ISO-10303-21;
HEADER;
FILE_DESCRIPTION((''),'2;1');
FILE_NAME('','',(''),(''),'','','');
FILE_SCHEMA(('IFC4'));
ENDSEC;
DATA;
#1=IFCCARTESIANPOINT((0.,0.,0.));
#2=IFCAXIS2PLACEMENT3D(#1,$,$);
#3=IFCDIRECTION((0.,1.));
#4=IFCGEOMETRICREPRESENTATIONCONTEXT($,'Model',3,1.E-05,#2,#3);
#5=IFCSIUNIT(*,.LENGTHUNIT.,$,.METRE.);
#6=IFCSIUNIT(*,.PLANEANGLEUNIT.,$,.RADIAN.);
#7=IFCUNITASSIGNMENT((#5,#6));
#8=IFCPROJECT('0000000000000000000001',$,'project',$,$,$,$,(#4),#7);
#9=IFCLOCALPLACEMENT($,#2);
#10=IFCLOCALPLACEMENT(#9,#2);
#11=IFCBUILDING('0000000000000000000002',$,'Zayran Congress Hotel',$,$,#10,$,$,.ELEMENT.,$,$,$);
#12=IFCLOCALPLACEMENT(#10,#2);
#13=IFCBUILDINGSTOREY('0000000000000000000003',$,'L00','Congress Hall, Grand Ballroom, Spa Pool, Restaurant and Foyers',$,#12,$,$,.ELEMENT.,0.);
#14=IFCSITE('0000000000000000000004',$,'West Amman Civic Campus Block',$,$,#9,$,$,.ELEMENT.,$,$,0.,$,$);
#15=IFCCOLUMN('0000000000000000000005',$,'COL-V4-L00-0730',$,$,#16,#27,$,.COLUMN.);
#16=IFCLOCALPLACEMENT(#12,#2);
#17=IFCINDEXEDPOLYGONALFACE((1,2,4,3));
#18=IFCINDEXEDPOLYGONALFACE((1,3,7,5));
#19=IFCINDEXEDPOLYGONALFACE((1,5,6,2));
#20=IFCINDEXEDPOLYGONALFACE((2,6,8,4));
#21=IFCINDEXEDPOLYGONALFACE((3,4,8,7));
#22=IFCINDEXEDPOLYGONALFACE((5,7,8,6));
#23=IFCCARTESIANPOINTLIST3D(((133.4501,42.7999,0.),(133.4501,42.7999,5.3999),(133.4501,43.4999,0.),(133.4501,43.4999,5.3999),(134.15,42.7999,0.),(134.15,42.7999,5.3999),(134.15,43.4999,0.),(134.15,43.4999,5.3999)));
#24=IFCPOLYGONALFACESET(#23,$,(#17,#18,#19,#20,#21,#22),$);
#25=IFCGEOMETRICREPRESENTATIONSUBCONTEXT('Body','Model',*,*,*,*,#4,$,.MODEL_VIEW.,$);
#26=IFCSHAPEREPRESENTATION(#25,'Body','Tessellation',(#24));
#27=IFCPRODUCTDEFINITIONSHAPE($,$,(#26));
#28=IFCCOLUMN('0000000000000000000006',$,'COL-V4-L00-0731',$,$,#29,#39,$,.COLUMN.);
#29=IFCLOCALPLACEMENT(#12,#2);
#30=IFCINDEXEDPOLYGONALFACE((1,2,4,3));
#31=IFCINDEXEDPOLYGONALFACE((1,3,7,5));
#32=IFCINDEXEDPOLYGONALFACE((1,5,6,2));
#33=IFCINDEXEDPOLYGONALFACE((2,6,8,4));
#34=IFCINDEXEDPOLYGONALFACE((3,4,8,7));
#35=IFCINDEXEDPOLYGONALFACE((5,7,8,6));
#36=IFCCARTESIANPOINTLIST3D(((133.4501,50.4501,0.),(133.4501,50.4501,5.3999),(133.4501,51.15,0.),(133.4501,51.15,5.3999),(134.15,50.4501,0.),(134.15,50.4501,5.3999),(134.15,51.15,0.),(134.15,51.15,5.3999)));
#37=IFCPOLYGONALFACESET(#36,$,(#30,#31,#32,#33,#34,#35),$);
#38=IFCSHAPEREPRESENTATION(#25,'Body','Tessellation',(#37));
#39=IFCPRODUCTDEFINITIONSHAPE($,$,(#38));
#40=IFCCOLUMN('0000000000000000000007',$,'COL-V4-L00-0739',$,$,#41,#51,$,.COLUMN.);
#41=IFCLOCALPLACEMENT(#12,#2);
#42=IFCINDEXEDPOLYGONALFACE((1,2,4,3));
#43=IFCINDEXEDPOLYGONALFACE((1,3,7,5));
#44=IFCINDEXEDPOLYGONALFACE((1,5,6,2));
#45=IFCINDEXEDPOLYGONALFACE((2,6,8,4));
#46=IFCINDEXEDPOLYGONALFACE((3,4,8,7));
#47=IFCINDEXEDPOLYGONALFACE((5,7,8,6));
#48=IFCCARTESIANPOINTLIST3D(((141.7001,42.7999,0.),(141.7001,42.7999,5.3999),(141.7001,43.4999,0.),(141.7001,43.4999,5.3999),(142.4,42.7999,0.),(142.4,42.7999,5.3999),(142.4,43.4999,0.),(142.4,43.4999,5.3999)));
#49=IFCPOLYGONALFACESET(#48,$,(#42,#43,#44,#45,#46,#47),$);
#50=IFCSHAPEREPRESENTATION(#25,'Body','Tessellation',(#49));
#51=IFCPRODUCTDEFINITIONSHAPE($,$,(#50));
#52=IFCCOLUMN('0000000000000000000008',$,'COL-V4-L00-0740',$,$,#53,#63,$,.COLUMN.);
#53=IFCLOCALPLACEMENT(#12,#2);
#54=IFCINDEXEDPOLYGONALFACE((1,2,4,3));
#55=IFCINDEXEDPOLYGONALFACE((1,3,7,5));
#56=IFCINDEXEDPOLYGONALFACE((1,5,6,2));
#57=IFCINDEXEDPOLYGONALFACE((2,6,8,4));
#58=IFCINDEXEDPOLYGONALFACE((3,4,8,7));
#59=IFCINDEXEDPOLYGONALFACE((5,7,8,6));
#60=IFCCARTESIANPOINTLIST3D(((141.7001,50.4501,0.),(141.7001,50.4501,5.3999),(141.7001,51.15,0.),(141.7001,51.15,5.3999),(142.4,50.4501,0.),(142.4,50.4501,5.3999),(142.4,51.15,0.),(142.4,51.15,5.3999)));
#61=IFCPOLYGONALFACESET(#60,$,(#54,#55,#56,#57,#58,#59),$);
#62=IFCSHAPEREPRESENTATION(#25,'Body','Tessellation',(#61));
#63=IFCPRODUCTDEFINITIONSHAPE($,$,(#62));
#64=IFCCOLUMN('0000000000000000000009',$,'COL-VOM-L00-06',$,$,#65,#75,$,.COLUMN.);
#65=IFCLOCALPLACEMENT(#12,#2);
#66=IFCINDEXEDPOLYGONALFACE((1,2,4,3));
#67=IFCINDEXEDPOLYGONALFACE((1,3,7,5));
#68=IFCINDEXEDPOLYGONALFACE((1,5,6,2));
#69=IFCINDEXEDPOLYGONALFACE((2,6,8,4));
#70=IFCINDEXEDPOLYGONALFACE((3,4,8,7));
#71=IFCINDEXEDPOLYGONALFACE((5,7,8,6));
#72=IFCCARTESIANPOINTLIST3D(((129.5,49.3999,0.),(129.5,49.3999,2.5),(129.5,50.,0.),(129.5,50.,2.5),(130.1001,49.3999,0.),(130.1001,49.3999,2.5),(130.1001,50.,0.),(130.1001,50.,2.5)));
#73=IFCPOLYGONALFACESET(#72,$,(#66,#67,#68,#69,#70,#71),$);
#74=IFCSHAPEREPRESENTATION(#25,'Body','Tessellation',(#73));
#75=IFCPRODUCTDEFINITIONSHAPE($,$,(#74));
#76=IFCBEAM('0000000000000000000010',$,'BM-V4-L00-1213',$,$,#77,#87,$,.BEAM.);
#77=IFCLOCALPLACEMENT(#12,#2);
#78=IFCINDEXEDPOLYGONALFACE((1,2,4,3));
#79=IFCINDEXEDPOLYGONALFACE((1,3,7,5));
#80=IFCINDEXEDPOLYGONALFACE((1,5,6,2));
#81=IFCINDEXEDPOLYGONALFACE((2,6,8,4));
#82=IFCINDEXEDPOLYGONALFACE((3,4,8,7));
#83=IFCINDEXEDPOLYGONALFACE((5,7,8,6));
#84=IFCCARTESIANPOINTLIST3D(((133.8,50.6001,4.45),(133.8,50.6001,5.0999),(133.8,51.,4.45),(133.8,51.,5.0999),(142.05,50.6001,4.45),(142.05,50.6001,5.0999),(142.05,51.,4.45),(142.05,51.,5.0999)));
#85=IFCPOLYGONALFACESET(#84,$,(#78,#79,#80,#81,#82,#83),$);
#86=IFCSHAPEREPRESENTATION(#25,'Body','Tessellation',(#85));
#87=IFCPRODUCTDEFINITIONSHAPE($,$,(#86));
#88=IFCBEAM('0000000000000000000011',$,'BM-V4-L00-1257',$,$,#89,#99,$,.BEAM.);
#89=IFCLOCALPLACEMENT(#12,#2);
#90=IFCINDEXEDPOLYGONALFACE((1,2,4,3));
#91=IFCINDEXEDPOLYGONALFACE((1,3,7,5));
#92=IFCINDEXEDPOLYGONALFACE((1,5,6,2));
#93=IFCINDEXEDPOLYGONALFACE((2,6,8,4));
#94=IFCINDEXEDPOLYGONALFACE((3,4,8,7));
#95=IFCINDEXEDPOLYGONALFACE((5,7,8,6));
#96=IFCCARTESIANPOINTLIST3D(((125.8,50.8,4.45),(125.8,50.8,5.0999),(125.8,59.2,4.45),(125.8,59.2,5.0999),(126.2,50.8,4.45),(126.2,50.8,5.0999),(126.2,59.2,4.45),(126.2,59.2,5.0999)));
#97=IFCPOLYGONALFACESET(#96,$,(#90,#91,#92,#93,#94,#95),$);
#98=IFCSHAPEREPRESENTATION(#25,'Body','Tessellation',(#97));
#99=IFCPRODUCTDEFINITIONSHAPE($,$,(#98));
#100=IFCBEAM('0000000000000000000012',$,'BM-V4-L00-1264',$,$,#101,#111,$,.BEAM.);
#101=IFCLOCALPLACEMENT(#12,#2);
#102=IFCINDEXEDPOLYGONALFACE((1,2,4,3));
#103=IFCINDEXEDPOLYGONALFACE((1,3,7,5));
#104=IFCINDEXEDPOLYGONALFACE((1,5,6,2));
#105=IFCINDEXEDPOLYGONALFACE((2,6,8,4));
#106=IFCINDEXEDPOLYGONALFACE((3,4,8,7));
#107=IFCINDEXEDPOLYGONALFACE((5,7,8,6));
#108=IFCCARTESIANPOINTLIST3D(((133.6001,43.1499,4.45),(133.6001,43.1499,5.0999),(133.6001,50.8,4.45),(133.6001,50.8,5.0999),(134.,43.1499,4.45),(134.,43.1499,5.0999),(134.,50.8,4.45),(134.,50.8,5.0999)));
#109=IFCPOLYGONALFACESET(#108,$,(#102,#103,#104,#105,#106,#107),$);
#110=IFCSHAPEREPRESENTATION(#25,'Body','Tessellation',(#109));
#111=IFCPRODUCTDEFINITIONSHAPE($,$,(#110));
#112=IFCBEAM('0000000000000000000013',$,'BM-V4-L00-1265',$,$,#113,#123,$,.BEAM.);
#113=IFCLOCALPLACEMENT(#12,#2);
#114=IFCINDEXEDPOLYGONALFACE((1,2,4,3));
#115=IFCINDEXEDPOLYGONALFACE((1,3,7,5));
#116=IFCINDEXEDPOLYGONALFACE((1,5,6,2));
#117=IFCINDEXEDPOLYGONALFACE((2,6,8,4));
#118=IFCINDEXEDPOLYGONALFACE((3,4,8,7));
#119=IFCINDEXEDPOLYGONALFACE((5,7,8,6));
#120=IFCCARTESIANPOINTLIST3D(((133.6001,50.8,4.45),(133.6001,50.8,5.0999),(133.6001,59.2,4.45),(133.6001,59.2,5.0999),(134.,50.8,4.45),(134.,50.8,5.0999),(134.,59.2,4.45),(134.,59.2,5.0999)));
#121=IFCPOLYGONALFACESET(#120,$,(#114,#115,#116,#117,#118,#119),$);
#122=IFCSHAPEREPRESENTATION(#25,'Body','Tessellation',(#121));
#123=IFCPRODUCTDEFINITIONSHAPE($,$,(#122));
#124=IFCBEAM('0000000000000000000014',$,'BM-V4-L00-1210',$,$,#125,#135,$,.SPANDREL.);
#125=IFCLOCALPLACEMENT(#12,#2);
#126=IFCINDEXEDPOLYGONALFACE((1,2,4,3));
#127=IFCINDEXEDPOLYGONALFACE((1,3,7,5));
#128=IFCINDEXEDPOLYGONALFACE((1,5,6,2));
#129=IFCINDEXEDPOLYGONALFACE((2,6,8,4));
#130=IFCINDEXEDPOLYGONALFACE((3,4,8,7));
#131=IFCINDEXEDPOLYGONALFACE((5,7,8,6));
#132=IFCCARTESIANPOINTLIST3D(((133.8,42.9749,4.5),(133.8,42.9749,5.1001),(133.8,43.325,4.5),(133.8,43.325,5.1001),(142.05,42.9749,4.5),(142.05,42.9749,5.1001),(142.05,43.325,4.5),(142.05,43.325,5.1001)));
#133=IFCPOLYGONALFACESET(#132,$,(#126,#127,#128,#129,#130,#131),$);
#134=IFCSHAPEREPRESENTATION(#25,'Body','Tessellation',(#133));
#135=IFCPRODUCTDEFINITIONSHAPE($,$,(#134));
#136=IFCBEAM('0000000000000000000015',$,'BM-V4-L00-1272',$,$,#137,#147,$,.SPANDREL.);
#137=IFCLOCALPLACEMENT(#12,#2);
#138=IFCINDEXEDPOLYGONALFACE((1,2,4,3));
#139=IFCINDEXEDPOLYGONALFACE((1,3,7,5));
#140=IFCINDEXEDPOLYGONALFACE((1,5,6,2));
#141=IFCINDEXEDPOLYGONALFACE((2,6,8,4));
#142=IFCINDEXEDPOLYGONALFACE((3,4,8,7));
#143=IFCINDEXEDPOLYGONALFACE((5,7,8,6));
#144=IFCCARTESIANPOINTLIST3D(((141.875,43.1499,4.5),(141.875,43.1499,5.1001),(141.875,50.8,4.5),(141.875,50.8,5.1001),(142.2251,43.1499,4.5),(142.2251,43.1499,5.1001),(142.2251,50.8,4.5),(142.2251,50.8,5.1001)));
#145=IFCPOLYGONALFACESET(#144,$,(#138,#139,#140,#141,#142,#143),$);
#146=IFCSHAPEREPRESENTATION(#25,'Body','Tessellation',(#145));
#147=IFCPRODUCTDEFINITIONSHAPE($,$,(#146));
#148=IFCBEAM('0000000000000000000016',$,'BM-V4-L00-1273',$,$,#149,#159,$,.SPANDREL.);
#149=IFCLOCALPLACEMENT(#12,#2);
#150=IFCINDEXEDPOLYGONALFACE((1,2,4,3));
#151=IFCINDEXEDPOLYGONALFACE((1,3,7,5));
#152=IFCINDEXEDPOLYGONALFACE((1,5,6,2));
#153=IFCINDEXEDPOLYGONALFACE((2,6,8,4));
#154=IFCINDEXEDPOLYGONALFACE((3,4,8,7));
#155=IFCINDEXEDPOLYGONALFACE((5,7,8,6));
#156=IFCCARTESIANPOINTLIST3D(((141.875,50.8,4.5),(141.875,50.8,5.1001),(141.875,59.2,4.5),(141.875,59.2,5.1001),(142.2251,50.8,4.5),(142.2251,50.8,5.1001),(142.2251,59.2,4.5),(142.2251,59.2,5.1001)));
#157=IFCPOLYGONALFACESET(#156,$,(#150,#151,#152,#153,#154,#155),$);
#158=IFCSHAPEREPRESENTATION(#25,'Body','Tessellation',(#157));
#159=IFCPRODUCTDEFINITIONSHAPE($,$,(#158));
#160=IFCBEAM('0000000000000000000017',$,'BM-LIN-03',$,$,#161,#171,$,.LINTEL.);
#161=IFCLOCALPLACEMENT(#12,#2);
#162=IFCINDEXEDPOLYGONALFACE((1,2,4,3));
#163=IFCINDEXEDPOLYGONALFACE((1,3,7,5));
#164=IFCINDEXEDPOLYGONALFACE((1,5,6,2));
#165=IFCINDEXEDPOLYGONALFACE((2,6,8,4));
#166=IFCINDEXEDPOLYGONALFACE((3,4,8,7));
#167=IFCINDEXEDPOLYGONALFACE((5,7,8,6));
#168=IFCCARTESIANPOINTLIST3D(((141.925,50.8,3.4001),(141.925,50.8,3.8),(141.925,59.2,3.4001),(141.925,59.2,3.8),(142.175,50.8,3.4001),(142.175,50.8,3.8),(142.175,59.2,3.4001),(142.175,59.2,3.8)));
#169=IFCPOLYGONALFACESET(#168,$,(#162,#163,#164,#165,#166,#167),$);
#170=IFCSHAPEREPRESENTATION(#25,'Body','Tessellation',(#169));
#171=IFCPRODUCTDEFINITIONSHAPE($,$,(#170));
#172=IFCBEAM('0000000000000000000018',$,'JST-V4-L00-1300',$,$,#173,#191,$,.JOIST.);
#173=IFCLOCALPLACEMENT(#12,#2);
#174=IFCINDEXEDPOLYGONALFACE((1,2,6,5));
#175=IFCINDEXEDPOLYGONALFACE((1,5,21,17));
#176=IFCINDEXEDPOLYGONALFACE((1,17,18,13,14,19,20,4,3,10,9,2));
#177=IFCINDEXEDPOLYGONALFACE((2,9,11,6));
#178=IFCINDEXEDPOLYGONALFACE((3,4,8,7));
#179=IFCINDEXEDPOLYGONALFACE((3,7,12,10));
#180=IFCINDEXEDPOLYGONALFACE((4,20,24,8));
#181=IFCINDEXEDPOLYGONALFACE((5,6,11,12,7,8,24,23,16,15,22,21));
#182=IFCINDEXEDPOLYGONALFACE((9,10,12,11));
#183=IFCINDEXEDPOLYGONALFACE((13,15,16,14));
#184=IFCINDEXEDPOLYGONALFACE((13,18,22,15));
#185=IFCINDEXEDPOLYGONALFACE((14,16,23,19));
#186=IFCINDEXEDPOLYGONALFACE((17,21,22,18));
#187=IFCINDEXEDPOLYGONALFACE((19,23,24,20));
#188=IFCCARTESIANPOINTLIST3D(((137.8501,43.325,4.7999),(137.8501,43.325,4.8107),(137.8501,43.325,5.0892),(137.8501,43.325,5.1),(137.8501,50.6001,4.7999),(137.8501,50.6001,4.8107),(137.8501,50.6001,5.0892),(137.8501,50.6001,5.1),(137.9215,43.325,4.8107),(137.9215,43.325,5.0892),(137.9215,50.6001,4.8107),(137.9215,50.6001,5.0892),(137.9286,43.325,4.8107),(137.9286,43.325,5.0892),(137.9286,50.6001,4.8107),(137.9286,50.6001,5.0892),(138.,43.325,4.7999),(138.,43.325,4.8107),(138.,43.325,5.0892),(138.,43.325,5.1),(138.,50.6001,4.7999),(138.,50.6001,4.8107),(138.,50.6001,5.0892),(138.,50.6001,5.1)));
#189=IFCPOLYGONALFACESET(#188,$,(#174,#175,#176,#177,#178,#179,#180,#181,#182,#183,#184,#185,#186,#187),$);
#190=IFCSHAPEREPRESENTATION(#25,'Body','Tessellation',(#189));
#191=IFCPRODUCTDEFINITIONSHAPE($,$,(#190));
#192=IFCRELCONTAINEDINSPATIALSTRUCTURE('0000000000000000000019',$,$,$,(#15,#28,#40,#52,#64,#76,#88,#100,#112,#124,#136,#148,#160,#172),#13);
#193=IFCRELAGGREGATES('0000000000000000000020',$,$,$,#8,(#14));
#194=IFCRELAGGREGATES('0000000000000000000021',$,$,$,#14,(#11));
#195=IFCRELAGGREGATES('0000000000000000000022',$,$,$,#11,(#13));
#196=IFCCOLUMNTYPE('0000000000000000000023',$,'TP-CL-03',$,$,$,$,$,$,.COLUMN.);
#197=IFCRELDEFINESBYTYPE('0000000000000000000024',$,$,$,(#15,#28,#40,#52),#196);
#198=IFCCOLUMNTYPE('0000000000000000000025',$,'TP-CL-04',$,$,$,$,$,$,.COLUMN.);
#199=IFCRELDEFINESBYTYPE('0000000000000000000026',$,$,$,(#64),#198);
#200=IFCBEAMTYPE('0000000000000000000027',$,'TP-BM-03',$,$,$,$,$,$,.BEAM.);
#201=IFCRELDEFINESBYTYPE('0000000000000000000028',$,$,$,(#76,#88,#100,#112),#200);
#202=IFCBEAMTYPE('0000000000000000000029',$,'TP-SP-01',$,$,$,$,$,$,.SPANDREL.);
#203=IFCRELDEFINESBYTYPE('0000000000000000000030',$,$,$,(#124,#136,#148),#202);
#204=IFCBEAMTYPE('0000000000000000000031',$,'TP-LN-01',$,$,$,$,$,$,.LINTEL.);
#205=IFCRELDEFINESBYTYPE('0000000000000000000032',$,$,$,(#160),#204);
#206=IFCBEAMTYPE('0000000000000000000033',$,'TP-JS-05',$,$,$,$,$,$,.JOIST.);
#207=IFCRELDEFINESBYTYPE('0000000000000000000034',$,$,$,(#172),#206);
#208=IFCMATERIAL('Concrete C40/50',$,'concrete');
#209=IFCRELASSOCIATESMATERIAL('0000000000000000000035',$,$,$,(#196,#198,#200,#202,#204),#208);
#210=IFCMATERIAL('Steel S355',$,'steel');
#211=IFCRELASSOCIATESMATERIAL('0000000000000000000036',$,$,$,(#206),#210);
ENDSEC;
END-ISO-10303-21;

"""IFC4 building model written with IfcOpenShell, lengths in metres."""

from ifc_helpers import new_model, si_unit, direction, frame, origin, origin_2d, place, context, subcontext, project, spatial, rectangle, i_section, extrude, material, material_profile, profile_set, type_object, element, save


model = new_model("IFC4")

# Units and contexts
model_context = context("Model", 3, precision=1e-05, world=origin(), true_north=direction((0.0, 1.0)))
body_context = subcontext(model_context, "Body", "Model", "MODEL_VIEW")
ifc_project = project(units=[si_unit("LENGTHUNIT", "METRE"), si_unit("PLANEANGLEUNIT", "RADIAN")], contexts=[model_context])

# Site, building, storey
site_placement = place(None, origin())
site = spatial("IfcSite", under=ifc_project, at=site_placement, Name="West Amman Civic Campus Block", CompositionType="ELEMENT", RefElevation=0.0)
building_placement = place(site_placement, origin())
building = spatial("IfcBuilding", under=site, at=building_placement, Name="Zayran Congress Hotel", CompositionType="ELEMENT")
storey_placement = place(building_placement, origin())
storey = spatial("IfcBuildingStorey", under=building, at=storey_placement, Name="L00", Description="Congress Hall, Grand Ballroom, Spa Pool, Restaurant and Foyers", CompositionType="ELEMENT", Elevation=0.0)

# Columns
ifc_material_1 = material(Name="Concrete C40/50", Category="concrete")
ifc_material_profile_1 = material_profile(ifc_material_1, rectangle(XDim=0.7, YDim=0.7, at=origin_2d()), Name="RC 700x700")
ifc_profile_set_1 = profile_set([ifc_material_profile_1], Name="Concrete C40/50")
column_type_1 = type_object("IfcColumnType", Name="TP-CL-03", PredefinedType="COLUMN", material=ifc_profile_set_1)
for number, where, z_axis, x_axis, name in (
    (1, (133.8, 43.1499, 0.0), (0.0, 0.0, 1.0), (1.0, 0.0, 0.0), "COL-V4-L00-0730"),
    (2, (133.8, 50.8, 0.0), (0.0, 0.0, 1.0), (1.0, 0.0, 0.0), "COL-V4-L00-0731"),
    (3, (142.05, 43.1499, 0.0), (0.0, 0.0, 1.0), (1.0, 0.0, 0.0), "COL-V4-L00-0739"),
    (4, (142.05, 50.8, 0.0), (0.0, 0.0, 1.0), (1.0, 0.0, 0.0), "COL-V4-L00-0740"),
):
    element("IfcColumn", number, at=place(storey_placement, frame(where, z_axis=z_axis, x_axis=x_axis)), inside=storey, type_object=column_type_1, Name=name, PredefinedType="COLUMN", context=body_context, shape_type="SweptSolid", body=[
        extrude(rectangle(XDim=0.7, YDim=0.7, at=origin_2d()), origin(), (0.0, 0.0, 1.0), 5.3999),
    ])
ifc_material_profile_2 = material_profile(ifc_material_1, rectangle(XDim=0.6001, YDim=0.6001, at=origin_2d()), Name="RC 600x600")
ifc_profile_set_2 = profile_set([ifc_material_profile_2], Name="Concrete C40/50")
column_type_2 = type_object("IfcColumnType", Name="TP-CL-04", PredefinedType="COLUMN", material=ifc_profile_set_2)
column_placement = place(storey_placement, frame((129.8, 49.7, 0.0), z_axis=(0.0, 0.0, 1.0), x_axis=(1.0, 0.0, 0.0)))
element("IfcColumn", 5, at=column_placement, inside=storey, type_object=column_type_2, Name="COL-VOM-L00-06", PredefinedType="COLUMN", context=body_context, shape_type="SweptSolid", body=[
    extrude(rectangle(XDim=0.6001, YDim=0.6001, at=origin_2d()), origin(), (0.0, 0.0, 1.0), 2.5),
])

# Beams
ifc_material_profile_3 = material_profile(ifc_material_1, rectangle(XDim=0.3999, YDim=0.6499, at=origin_2d()), Name="RC 400x650")
ifc_profile_set_3 = profile_set([ifc_material_profile_3], Name="Concrete C40/50")
beam_type_1 = type_object("IfcBeamType", Name="TP-BM-03", PredefinedType="BEAM", material=ifc_profile_set_3)
beam_1_placement = place(storey_placement, frame((133.8, 50.8, 4.7749), z_axis=(1.0, 0.0, 0.0), x_axis=(0.0, 1.0, 0.0)))
element("IfcBeam", 6, at=beam_1_placement, inside=storey, type_object=beam_type_1, Name="BM-V4-L00-1213", PredefinedType="BEAM", context=body_context, shape_type="SweptSolid", body=[
    extrude(rectangle(XDim=0.3999, YDim=0.6499, at=origin_2d()), origin(), (0.0, 0.0, 1.0), 8.25),
])
beam_2_placement = place(storey_placement, frame((126.0, 50.8, 4.7749), z_axis=(0.0, 1.0, 0.0), x_axis=(-1.0, 0.0, 0.0)))
element("IfcBeam", 7, at=beam_2_placement, inside=storey, type_object=beam_type_1, Name="BM-V4-L00-1257", PredefinedType="BEAM", context=body_context, shape_type="SweptSolid", body=[
    extrude(rectangle(XDim=0.3999, YDim=0.6499, at=origin_2d()), origin(), (0.0, 0.0, 1.0), 8.3999),
])
beam_3_placement = place(storey_placement, frame((133.8, 43.1499, 4.7749), z_axis=(0.0, 1.0, 0.0), x_axis=(-1.0, 0.0, 0.0)))
element("IfcBeam", 8, at=beam_3_placement, inside=storey, type_object=beam_type_1, Name="BM-V4-L00-1264", PredefinedType="BEAM", context=body_context, shape_type="SweptSolid", body=[
    extrude(rectangle(XDim=0.3999, YDim=0.6499, at=origin_2d()), origin(), (0.0, 0.0, 1.0), 7.6501),
])
beam_4_placement = place(storey_placement, frame((133.8, 50.8, 4.7749), z_axis=(0.0, 1.0, 0.0), x_axis=(-1.0, 0.0, 0.0)))
element("IfcBeam", 9, at=beam_4_placement, inside=storey, type_object=beam_type_1, Name="BM-V4-L00-1265", PredefinedType="BEAM", context=body_context, shape_type="SweptSolid", body=[
    extrude(rectangle(XDim=0.3999, YDim=0.6499, at=origin_2d()), origin(), (0.0, 0.0, 1.0), 8.3999),
])
ifc_material_profile_4 = material_profile(ifc_material_1, rectangle(XDim=0.3501, YDim=0.6001, at=origin_2d()), Name="RC 350x600")
ifc_profile_set_4 = profile_set([ifc_material_profile_4], Name="Concrete C40/50")
beam_type_2 = type_object("IfcBeamType", Name="TP-SP-01", PredefinedType="SPANDREL", material=ifc_profile_set_4)
beam_5_placement = place(storey_placement, frame((133.8, 43.1499, 4.8), z_axis=(1.0, 0.0, 0.0), x_axis=(0.0, 1.0, 0.0)))
element("IfcBeam", 10, at=beam_5_placement, inside=storey, type_object=beam_type_2, Name="BM-V4-L00-1210", PredefinedType="SPANDREL", context=body_context, shape_type="SweptSolid", body=[
    extrude(rectangle(XDim=0.3501, YDim=0.6001, at=origin_2d()), origin(), (0.0, 0.0, 1.0), 8.25),
])
beam_6_placement = place(storey_placement, frame((142.05, 43.1499, 4.8), z_axis=(0.0, 1.0, 0.0), x_axis=(-1.0, 0.0, 0.0)))
element("IfcBeam", 11, at=beam_6_placement, inside=storey, type_object=beam_type_2, Name="BM-V4-L00-1272", PredefinedType="SPANDREL", context=body_context, shape_type="SweptSolid", body=[
    extrude(rectangle(XDim=0.3501, YDim=0.6001, at=origin_2d()), origin(), (0.0, 0.0, 1.0), 7.6501),
])
beam_7_placement = place(storey_placement, frame((142.05, 50.8, 4.8), z_axis=(0.0, 1.0, 0.0), x_axis=(-1.0, 0.0, 0.0)))
element("IfcBeam", 12, at=beam_7_placement, inside=storey, type_object=beam_type_2, Name="BM-V4-L00-1273", PredefinedType="SPANDREL", context=body_context, shape_type="SweptSolid", body=[
    extrude(rectangle(XDim=0.3501, YDim=0.6001, at=origin_2d()), origin(), (0.0, 0.0, 1.0), 8.3999),
])
ifc_material_profile_5 = material_profile(ifc_material_1, rectangle(XDim=0.25, YDim=0.3999, at=origin_2d()), Name="RC 250x400")
ifc_profile_set_5 = profile_set([ifc_material_profile_5], Name="Concrete C40/50")
beam_type_3 = type_object("IfcBeamType", Name="TP-LN-01", PredefinedType="LINTEL", material=ifc_profile_set_5)
beam_8_placement = place(storey_placement, frame((142.05, 50.8, 3.6001), z_axis=(0.0, 1.0, 0.0), x_axis=(-1.0, 0.0, 0.0)))
element("IfcBeam", 13, at=beam_8_placement, inside=storey, type_object=beam_type_3, Name="BM-LIN-03", PredefinedType="LINTEL", context=body_context, shape_type="SweptSolid", body=[
    extrude(rectangle(XDim=0.25, YDim=0.3999, at=origin_2d()), origin(), (0.0, 0.0, 1.0), 8.3999),
])
ifc_material_2 = material(Name="Steel S355", Category="steel")
ifc_material_profile_6 = material_profile(ifc_material_2, i_section(OverallWidth=0.1499, OverallDepth=0.3, WebThickness=0.0071, FlangeThickness=0.0107, at=origin_2d()), Name="IPE 300")
ifc_profile_set_6 = profile_set([ifc_material_profile_6], Name="Steel S355")
beam_type_4 = type_object("IfcBeamType", Name="TP-JS-05", PredefinedType="JOIST", material=ifc_profile_set_6)
beam_9_placement = place(storey_placement, frame((137.925, 43.325, 4.95), z_axis=(0.0, 1.0, 0.0), x_axis=(-1.0, 0.0, 0.0)))
element("IfcBeam", 14, at=beam_9_placement, inside=storey, type_object=beam_type_4, Name="JST-V4-L00-1300", PredefinedType="JOIST", context=body_context, shape_type="SweptSolid", body=[
    extrude(i_section(OverallWidth=0.1499, OverallDepth=0.3, WebThickness=0.0071, FlangeThickness=0.0107, at=origin_2d()), origin(), (0.0, 0.0, 1.0), 7.2751),
])

save(model, "model.ifc")
